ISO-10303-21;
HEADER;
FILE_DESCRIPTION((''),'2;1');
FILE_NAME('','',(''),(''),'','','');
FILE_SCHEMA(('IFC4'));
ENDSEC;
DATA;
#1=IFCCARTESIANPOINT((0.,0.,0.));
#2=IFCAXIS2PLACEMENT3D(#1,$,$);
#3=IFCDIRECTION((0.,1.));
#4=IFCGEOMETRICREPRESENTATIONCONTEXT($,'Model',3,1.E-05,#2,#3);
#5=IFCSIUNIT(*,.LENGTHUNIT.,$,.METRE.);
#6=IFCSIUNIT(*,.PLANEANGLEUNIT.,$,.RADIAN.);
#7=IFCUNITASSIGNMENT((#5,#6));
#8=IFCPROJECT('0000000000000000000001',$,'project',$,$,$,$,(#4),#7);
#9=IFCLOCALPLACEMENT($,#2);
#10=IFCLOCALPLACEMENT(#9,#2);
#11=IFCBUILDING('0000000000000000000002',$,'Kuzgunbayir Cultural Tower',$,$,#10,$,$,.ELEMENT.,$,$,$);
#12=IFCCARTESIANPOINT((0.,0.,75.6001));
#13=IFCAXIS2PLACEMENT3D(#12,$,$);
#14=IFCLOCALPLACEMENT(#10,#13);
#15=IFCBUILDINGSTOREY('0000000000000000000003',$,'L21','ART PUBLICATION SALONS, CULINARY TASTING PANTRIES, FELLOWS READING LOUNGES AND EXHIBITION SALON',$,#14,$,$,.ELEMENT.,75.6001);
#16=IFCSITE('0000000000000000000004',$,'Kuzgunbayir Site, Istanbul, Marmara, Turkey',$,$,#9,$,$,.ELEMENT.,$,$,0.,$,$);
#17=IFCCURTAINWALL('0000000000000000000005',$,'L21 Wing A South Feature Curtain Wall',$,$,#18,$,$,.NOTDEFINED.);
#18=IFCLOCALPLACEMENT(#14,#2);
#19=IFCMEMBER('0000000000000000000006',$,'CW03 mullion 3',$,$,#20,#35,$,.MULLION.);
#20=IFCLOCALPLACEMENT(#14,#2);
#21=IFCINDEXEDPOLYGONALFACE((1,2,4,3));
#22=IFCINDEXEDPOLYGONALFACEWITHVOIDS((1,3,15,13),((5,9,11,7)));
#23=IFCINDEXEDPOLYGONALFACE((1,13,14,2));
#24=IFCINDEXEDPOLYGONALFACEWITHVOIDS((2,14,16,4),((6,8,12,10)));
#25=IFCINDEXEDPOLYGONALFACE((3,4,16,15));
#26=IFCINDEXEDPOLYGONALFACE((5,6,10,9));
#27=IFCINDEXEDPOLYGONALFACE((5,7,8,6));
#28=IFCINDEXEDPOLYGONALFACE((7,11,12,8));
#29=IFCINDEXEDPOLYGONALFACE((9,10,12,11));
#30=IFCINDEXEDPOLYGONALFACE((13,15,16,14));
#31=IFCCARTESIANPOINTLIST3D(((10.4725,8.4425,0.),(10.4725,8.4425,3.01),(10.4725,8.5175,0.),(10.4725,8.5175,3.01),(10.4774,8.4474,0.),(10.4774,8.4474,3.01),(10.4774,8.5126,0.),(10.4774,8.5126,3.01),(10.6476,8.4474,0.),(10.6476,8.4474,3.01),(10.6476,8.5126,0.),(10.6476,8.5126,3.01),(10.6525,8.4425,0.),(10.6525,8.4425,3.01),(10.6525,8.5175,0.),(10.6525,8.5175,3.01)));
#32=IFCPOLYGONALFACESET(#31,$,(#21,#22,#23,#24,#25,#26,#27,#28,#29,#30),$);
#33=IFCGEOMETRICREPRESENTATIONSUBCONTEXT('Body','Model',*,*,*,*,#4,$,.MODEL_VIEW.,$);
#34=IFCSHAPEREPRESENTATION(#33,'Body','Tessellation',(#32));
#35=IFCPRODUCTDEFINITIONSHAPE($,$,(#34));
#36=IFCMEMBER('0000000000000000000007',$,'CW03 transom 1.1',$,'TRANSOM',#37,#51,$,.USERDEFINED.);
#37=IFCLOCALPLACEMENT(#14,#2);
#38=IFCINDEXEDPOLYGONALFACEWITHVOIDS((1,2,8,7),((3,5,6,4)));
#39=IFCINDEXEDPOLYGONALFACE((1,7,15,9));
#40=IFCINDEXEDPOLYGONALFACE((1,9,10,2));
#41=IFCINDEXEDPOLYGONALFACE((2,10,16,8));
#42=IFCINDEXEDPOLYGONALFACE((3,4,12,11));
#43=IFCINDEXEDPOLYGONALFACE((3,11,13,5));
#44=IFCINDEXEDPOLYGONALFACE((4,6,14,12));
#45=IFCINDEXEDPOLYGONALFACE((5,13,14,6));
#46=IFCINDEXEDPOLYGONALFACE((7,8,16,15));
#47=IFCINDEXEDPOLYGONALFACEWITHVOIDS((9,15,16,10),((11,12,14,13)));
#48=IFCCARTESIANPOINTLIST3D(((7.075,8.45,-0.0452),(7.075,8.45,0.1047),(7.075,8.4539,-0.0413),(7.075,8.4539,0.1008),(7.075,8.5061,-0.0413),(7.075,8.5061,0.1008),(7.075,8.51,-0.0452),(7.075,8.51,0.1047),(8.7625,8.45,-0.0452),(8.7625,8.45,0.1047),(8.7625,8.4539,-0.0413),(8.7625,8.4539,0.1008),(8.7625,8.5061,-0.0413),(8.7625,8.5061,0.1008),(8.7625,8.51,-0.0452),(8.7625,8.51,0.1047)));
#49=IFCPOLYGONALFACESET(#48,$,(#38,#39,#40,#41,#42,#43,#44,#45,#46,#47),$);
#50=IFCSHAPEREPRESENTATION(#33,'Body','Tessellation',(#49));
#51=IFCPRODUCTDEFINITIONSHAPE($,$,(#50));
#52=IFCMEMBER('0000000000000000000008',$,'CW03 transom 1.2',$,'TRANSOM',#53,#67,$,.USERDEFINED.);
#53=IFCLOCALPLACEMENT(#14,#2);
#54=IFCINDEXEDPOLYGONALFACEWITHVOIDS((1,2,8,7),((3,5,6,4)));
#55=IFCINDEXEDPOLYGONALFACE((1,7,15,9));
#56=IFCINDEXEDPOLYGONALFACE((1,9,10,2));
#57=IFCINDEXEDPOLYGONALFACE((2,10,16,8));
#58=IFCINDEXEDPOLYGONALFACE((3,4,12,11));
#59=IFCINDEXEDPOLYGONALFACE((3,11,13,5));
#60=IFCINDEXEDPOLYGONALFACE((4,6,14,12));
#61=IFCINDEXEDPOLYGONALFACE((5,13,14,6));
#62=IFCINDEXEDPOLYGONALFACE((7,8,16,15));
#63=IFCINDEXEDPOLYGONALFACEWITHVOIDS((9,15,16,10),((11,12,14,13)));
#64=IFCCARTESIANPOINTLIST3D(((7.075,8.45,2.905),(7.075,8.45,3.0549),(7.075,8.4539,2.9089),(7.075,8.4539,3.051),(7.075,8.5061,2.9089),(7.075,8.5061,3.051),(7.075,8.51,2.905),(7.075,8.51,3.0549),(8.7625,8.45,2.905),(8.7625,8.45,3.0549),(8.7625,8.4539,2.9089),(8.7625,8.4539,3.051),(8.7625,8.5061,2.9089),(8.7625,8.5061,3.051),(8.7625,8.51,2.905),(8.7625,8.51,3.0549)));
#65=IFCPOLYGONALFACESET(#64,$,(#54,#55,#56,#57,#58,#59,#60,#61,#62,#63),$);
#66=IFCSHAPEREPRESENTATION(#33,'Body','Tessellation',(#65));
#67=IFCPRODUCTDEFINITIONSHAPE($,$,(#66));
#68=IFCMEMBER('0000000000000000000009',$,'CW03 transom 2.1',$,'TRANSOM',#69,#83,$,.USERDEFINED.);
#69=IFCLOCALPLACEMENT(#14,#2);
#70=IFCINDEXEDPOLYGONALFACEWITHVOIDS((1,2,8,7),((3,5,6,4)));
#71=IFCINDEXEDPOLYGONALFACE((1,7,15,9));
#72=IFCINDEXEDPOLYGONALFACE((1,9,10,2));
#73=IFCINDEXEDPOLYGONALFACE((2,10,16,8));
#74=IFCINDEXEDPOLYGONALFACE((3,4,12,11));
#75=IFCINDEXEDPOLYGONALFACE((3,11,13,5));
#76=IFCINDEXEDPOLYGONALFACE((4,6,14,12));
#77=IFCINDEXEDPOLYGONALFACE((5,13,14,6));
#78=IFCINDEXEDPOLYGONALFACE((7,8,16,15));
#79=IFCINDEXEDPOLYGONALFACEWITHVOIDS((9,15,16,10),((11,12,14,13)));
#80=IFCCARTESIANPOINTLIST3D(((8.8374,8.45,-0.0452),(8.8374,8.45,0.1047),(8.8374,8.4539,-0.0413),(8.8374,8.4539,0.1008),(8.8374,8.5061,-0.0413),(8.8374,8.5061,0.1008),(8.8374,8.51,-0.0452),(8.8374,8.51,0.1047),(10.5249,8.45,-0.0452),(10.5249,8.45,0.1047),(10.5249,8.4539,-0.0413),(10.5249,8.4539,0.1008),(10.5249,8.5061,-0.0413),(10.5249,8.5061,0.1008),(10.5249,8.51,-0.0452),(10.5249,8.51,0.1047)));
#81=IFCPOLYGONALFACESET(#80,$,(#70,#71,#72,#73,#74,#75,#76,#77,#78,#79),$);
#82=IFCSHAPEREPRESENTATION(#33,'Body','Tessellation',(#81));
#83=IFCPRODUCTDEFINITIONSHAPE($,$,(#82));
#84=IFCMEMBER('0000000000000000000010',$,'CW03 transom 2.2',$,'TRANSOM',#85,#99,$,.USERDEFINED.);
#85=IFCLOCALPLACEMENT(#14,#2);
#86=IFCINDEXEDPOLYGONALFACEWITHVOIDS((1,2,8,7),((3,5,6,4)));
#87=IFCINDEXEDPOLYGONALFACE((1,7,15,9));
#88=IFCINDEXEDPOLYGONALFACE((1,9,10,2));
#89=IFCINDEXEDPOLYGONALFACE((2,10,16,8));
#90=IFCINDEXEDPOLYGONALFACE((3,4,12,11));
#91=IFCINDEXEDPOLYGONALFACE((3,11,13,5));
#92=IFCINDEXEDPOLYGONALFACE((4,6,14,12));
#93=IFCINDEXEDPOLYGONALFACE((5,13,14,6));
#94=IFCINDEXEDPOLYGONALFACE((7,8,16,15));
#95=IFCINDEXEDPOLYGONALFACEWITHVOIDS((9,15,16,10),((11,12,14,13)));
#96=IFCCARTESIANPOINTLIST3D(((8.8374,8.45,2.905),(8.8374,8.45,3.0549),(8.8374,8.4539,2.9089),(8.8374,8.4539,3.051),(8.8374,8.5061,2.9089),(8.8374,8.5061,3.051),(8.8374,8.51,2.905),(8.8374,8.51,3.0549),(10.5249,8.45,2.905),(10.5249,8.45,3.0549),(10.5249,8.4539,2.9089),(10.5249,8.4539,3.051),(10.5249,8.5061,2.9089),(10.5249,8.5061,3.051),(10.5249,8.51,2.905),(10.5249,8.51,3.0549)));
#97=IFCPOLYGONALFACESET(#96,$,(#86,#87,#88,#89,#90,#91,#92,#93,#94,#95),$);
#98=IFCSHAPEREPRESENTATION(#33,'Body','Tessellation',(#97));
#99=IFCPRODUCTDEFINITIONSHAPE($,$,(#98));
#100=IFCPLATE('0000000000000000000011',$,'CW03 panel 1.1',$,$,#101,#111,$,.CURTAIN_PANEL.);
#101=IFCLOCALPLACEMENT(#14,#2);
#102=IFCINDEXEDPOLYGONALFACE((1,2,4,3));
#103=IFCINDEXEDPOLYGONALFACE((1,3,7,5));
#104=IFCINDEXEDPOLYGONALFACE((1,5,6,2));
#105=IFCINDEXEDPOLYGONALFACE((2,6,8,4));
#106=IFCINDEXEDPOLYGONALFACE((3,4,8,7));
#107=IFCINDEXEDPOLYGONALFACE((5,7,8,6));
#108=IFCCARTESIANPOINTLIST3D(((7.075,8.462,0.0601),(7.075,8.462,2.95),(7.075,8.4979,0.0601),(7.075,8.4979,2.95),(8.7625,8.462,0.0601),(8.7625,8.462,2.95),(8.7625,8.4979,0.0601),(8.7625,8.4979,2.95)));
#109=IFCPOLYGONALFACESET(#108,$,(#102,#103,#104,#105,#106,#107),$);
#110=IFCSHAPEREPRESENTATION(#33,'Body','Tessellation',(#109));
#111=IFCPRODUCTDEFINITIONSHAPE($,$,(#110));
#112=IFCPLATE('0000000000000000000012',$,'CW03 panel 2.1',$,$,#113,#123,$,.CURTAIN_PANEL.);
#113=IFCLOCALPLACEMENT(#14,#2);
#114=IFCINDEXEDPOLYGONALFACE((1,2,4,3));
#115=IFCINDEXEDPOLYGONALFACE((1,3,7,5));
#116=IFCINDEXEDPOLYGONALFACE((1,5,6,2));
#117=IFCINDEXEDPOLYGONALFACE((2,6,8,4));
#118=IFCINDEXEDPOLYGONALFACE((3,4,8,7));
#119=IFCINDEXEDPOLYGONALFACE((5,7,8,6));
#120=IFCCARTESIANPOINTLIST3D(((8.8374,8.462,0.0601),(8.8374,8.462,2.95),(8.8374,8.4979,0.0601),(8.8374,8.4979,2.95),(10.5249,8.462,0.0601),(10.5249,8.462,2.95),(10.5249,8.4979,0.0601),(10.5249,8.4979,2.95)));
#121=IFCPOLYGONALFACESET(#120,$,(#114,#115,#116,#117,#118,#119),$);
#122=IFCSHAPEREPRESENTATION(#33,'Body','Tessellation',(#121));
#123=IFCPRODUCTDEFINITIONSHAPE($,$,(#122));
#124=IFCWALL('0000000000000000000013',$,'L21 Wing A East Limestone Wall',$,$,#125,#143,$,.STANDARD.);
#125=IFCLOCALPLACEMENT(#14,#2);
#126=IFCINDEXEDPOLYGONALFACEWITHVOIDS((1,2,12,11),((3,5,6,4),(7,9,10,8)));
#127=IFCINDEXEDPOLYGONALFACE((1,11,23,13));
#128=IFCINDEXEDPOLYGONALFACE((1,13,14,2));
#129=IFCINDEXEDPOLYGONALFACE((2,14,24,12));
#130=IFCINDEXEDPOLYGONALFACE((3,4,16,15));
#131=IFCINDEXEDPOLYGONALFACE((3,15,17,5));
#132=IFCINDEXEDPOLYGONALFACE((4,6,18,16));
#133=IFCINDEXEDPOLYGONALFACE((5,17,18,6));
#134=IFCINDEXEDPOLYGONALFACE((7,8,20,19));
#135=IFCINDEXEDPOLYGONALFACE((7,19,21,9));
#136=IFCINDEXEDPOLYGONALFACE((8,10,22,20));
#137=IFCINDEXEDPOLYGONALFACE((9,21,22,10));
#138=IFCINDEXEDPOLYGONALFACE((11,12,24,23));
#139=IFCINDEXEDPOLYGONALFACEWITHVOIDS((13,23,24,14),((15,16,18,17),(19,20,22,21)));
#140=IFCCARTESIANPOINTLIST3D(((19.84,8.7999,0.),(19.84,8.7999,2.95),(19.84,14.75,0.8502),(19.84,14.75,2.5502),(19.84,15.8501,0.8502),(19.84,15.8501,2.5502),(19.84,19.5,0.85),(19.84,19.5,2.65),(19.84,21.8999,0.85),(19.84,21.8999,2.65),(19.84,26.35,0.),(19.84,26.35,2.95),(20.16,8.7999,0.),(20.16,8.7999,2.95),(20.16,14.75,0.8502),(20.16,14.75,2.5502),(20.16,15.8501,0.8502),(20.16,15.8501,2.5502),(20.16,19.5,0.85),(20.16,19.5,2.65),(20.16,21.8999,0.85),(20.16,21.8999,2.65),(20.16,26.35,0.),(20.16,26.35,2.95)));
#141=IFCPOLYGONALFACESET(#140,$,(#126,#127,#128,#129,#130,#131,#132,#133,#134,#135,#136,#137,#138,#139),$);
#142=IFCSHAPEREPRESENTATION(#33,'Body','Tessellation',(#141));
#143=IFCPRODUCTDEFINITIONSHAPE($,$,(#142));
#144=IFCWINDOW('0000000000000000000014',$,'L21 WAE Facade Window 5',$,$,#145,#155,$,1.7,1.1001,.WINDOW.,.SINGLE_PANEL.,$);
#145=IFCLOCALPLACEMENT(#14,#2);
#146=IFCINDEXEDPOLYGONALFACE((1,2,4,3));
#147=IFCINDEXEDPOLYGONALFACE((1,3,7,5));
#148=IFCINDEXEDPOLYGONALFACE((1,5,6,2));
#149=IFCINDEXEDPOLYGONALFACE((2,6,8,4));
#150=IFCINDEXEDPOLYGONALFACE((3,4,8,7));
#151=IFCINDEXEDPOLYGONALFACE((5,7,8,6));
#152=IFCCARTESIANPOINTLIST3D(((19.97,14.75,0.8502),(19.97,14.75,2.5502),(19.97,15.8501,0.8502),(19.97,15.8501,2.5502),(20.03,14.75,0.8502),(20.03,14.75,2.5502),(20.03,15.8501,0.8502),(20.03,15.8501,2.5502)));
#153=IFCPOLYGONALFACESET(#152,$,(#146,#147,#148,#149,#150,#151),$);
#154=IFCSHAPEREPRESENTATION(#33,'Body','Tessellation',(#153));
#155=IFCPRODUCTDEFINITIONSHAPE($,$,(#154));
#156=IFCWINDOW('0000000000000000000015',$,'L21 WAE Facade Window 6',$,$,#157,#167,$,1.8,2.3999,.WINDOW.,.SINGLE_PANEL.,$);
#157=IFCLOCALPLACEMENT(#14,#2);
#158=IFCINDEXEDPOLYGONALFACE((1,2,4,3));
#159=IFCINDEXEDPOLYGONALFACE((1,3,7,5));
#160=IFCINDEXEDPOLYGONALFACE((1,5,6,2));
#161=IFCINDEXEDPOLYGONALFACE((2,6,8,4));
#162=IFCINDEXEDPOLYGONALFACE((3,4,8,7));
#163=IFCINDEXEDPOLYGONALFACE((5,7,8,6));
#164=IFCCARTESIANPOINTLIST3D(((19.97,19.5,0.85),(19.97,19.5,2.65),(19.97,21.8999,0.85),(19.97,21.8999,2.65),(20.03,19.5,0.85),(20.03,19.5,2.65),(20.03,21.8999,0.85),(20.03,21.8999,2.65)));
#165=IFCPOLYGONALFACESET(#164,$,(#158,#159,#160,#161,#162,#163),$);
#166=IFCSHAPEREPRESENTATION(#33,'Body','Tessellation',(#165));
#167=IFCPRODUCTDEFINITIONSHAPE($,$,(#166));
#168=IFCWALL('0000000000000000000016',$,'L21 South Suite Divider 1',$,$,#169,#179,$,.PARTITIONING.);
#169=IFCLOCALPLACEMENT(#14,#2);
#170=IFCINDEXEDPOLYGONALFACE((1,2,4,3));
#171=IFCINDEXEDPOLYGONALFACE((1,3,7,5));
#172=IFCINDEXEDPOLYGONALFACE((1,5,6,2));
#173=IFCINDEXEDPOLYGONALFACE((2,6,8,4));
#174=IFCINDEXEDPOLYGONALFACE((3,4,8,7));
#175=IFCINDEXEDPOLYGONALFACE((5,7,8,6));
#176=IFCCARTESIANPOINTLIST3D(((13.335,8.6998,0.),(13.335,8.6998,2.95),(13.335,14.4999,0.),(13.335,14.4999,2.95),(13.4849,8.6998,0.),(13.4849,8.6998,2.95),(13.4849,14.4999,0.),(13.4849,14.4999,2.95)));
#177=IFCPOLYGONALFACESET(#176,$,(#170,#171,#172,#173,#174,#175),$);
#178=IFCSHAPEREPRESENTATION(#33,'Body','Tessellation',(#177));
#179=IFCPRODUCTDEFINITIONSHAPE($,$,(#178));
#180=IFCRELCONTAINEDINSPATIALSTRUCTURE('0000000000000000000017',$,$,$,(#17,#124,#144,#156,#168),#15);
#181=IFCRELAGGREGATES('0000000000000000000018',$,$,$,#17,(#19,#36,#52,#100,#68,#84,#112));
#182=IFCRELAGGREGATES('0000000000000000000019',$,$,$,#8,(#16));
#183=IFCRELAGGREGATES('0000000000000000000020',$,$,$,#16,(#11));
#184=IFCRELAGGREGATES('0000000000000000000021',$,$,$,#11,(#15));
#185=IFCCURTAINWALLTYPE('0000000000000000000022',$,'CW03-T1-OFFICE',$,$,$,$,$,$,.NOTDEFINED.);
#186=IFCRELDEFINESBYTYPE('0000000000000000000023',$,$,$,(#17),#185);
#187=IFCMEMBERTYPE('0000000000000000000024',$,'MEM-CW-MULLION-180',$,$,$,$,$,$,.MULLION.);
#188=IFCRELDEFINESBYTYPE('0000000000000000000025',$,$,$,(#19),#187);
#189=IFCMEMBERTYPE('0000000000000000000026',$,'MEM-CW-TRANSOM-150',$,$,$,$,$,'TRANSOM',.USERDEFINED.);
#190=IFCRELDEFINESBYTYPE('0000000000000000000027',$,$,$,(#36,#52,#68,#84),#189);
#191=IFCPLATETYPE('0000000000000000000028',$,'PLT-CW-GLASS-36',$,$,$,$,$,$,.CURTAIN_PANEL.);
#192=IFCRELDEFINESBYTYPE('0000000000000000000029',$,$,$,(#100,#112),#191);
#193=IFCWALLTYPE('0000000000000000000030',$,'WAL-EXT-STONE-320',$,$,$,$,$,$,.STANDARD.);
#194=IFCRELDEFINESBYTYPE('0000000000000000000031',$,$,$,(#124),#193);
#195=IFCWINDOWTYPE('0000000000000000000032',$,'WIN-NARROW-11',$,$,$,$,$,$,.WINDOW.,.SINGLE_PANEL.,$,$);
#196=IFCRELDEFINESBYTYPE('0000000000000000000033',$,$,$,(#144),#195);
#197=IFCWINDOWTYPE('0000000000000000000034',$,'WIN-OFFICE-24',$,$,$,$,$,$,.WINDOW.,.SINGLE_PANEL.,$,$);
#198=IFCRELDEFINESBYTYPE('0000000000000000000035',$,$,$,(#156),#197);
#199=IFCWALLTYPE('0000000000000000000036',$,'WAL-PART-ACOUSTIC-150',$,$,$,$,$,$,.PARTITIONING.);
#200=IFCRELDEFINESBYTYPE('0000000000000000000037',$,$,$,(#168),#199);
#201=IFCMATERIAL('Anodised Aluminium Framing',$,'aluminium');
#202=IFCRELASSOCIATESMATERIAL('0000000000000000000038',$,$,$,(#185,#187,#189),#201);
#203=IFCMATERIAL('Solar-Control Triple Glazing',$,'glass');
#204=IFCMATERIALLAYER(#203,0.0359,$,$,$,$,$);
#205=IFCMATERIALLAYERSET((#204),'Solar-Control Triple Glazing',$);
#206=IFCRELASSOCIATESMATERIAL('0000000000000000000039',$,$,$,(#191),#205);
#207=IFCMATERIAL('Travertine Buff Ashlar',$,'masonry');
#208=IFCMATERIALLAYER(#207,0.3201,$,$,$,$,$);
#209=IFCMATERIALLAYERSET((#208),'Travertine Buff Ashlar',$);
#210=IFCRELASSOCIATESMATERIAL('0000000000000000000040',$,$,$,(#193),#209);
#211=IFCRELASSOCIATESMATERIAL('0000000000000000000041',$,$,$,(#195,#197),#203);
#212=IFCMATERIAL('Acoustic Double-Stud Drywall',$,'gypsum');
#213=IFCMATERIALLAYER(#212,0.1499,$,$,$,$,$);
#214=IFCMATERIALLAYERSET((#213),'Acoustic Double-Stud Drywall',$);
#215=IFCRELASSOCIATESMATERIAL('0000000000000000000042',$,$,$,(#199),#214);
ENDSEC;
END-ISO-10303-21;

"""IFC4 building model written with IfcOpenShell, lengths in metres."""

from ifc_helpers import new_model, si_unit, direction, frame, frame_2d, origin, origin_2d, place, context, subcontext, project, spatial, rectangle, hollow_rectangle, extrude, material, layer, layer_set, material_profile, profile_set, type_object, element, fill, aggregate, save


model = new_model("IFC4")

# Units and contexts
model_context = context("Model", 3, precision=1e-05, world=origin(), true_north=direction((0.0, 1.0)))
body_context = subcontext(model_context, "Body", "Model", "MODEL_VIEW")
ifc_project = project(units=[si_unit("LENGTHUNIT", "METRE"), si_unit("PLANEANGLEUNIT", "RADIAN")], contexts=[model_context])

# Site, building, storey
site_placement = place(None, origin())
site = spatial("IfcSite", under=ifc_project, at=site_placement, Name="Kuzgunbayir Site, Istanbul, Marmara, Turkey", CompositionType="ELEMENT", RefElevation=0.0)
building_placement = place(site_placement, origin())
building = spatial("IfcBuilding", under=site, at=building_placement, Name="Kuzgunbayir Cultural Tower", CompositionType="ELEMENT")
storey_placement = place(building_placement, frame((0.0, 0.0, 75.6001)))
storey = spatial("IfcBuildingStorey", under=building, at=storey_placement, Name="L21", Description="ART PUBLICATION SALONS, CULINARY TASTING PANTRIES, FELLOWS READING LOUNGES AND EXHIBITION SALON", CompositionType="ELEMENT", Elevation=75.6001)

# Curtain wall, members, plates
ifc_material_1 = material(Name="Anodised Aluminium Framing", Category="aluminium")
curtain_wall_type = type_object("IfcCurtainWallType", Name="CW03-T1-OFFICE", PredefinedType="NOTDEFINED", material=ifc_material_1)
curtain_wall_placement = place(storey_placement, origin())
curtain_wall = element("IfcCurtainWall", 1, at=curtain_wall_placement, inside=storey, type_object=curtain_wall_type, Name="L21 Wing A South Feature Curtain Wall", PredefinedType="NOTDEFINED")
ifc_material_profile_1 = material_profile(ifc_material_1, hollow_rectangle(XDim=0.075, YDim=0.1799, WallThickness=0.0049, at=origin_2d()), Name="RHS 180x75x5")
ifc_profile_set_1 = profile_set([ifc_material_profile_1], Name="Anodised Aluminium Framing")
member_type_1 = type_object("IfcMemberType", Name="MEM-CW-MULLION-180", PredefinedType="MULLION", material=ifc_profile_set_1)
member_1_placement = place(storey_placement, frame((10.5625, 8.48, 0.0), z_axis=(0.0, 0.0, 1.0), x_axis=(0.0, 1.0, 0.0)))
member_1 = element("IfcMember", 2, at=member_1_placement, type_object=member_type_1, Name="CW03 mullion 3", PredefinedType="MULLION", context=body_context, shape_type="SweptSolid", body=[
    extrude(hollow_rectangle(XDim=0.075, YDim=0.1799, WallThickness=0.0049, at=origin_2d()), origin(), (0.0, 0.0, 1.0), 3.01),
])
ifc_material_profile_2 = material_profile(ifc_material_1, hollow_rectangle(XDim=0.0601, YDim=0.1499, WallThickness=0.0039, at=origin_2d()), Name="RHS 150x60x4")
ifc_profile_set_2 = profile_set([ifc_material_profile_2], Name="Anodised Aluminium Framing")
member_type_2 = type_object("IfcMemberType", Name="MEM-CW-TRANSOM-150", ElementType="TRANSOM", PredefinedType="USERDEFINED", material=ifc_profile_set_2)
member_2_placement = place(storey_placement, frame((7.075, 8.48, 0.0298), z_axis=(1.0, 0.0, 0.0), x_axis=(0.0, 1.0, 0.0)))
member_2 = element("IfcMember", 3, at=member_2_placement, type_object=member_type_2, Name="CW03 transom 1.1", ObjectType="TRANSOM", PredefinedType="USERDEFINED", context=body_context, shape_type="SweptSolid", body=[
    extrude(hollow_rectangle(XDim=0.0601, YDim=0.1499, WallThickness=0.0039, at=origin_2d()), origin(), (0.0, 0.0, 1.0), 1.6875),
])
member_3_placement = place(storey_placement, frame((7.075, 8.48, 2.98), z_axis=(1.0, 0.0, 0.0), x_axis=(0.0, 1.0, 0.0)))
member_3 = element("IfcMember", 4, at=member_3_placement, type_object=member_type_2, Name="CW03 transom 1.2", ObjectType="TRANSOM", PredefinedType="USERDEFINED", context=body_context, shape_type="SweptSolid", body=[
    extrude(hollow_rectangle(XDim=0.0601, YDim=0.1499, WallThickness=0.0039, at=origin_2d()), origin(), (0.0, 0.0, 1.0), 1.6875),
])
member_4_placement = place(storey_placement, frame((8.8374, 8.48, 0.0298), z_axis=(1.0, 0.0, 0.0), x_axis=(0.0, 1.0, 0.0)))
member_4 = element("IfcMember", 5, at=member_4_placement, type_object=member_type_2, Name="CW03 transom 2.1", ObjectType="TRANSOM", PredefinedType="USERDEFINED", context=body_context, shape_type="SweptSolid", body=[
    extrude(hollow_rectangle(XDim=0.0601, YDim=0.1499, WallThickness=0.0039, at=origin_2d()), origin(), (0.0, 0.0, 1.0), 1.6875),
])
member_5_placement = place(storey_placement, frame((8.8374, 8.48, 2.98), z_axis=(1.0, 0.0, 0.0), x_axis=(0.0, 1.0, 0.0)))
member_5 = element("IfcMember", 6, at=member_5_placement, type_object=member_type_2, Name="CW03 transom 2.2", ObjectType="TRANSOM", PredefinedType="USERDEFINED", context=body_context, shape_type="SweptSolid", body=[
    extrude(hollow_rectangle(XDim=0.0601, YDim=0.1499, WallThickness=0.0039, at=origin_2d()), origin(), (0.0, 0.0, 1.0), 1.6875),
])
ifc_material_2 = material(Name="Solar-Control Triple Glazing", Category="glass")
ifc_layer_1 = layer(ifc_material_2, 0.0359)
ifc_layer_set_1 = layer_set([ifc_layer_1], Name="Solar-Control Triple Glazing")
plate_type = type_object("IfcPlateType", Name="PLT-CW-GLASS-36", PredefinedType="CURTAIN_PANEL", material=ifc_layer_set_1)
plate_1_placement = place(storey_placement, frame((7.9187, 8.48, 0.0601), z_axis=(0.0, 0.0, 1.0), x_axis=(1.0, 0.0, 0.0)))
plate_1 = element("IfcPlate", 7, at=plate_1_placement, type_object=plate_type, Name="CW03 panel 1.1", PredefinedType="CURTAIN_PANEL", context=body_context, shape_type="SweptSolid", body=[
    extrude(rectangle(XDim=1.6875, YDim=0.0359, at=origin_2d()), origin(), (0.0, 0.0, 1.0), 2.8899),
])
plate_2_placement = place(storey_placement, frame((9.6812, 8.48, 0.0601), z_axis=(0.0, 0.0, 1.0), x_axis=(1.0, 0.0, 0.0)))
plate_2 = element("IfcPlate", 8, at=plate_2_placement, type_object=plate_type, Name="CW03 panel 2.1", PredefinedType="CURTAIN_PANEL", context=body_context, shape_type="SweptSolid", body=[
    extrude(rectangle(XDim=1.6875, YDim=0.0359, at=origin_2d()), origin(), (0.0, 0.0, 1.0), 2.8899),
])
aggregate(curtain_wall, [member_1, member_2, member_3, plate_1, member_4, member_5, plate_2])

# Wall, openings, windows
ifc_material_3 = material(Name="Travertine Buff Ashlar", Category="masonry")
ifc_layer_2 = layer(ifc_material_3, 0.3201)
ifc_layer_set_2 = layer_set([ifc_layer_2], Name="Travertine Buff Ashlar")
wall_type_1 = type_object("IfcWallType", Name="WAL-EXT-STONE-320", PredefinedType="STANDARD", material=ifc_layer_set_2)
wall_1_placement = place(storey_placement, frame((20.0, 8.8, 0.0), z_axis=(0.0, 0.0, 1.0), x_axis=(0.0, 1.0, 0.0)))
wall_1 = element("IfcWall", 9, at=wall_1_placement, inside=storey, type_object=wall_type_1, Name="L21 Wing A East Limestone Wall", PredefinedType="STANDARD", context=body_context, shape_type="SweptSolid", body=[
    extrude(rectangle(XDim=17.55, YDim=0.3201, at=frame_2d((8.7749, 0.0))), origin(), (0.0, 0.0, 1.0), 2.95),
])
opening_1_placement = place(wall_1_placement, frame((5.95, 0.0, 0.8501)))
opening_1 = element("IfcOpeningElement", 10, at=opening_1_placement, cuts=wall_1, PredefinedType="OPENING", context=body_context, shape_type="SweptSolid", body=[
    extrude(rectangle(XDim=1.1001, YDim=1.7, at=frame_2d((0.55, 0.8501))), frame((0.0, 0.1699, 0.0), z_axis=(0.0, -1.0, 0.0), x_axis=(1.0, 0.0, 0.0)), (0.0, 0.0, 1.0), 0.3401),
])
opening_2_placement = place(wall_1_placement, frame((10.7, 0.0, 0.8501)))
opening_2 = element("IfcOpeningElement", 11, at=opening_2_placement, cuts=wall_1, PredefinedType="OPENING", context=body_context, shape_type="SweptSolid", body=[
    extrude(rectangle(XDim=2.3999, YDim=1.8, at=frame_2d((1.2, 0.8999))), frame((0.0, 0.1699, 0.0), z_axis=(0.0, -1.0, 0.0), x_axis=(1.0, 0.0, 0.0)), (0.0, 0.0, 1.0), 0.3401),
])
window_type_1 = type_object("IfcWindowType", Name="WIN-NARROW-11", PartitioningType="SINGLE_PANEL", PredefinedType="WINDOW", material=ifc_material_2)
window_1_placement = place(opening_1_placement, origin())
window_1 = element("IfcWindow", 12, at=window_1_placement, inside=storey, type_object=window_type_1, Name="L21 WAE Facade Window 5", OverallHeight=1.7, OverallWidth=1.1001, PartitioningType="SINGLE_PANEL", PredefinedType="WINDOW", context=body_context, shape_type="SweptSolid", body=[
    extrude(rectangle(XDim=1.1001, YDim=1.7, at=frame_2d((0.55, 0.8501))), frame((0.0, 0.03, 0.0), z_axis=(0.0, -1.0, 0.0), x_axis=(1.0, 0.0, 0.0)), (0.0, 0.0, 1.0), 0.0601),
])
fill(opening_1, window_1)
window_type_2 = type_object("IfcWindowType", Name="WIN-OFFICE-24", PartitioningType="SINGLE_PANEL", PredefinedType="WINDOW", material=ifc_material_2)
window_2_placement = place(opening_2_placement, origin())
window_2 = element("IfcWindow", 13, at=window_2_placement, inside=storey, type_object=window_type_2, Name="L21 WAE Facade Window 6", OverallHeight=1.8, OverallWidth=2.3999, PartitioningType="SINGLE_PANEL", PredefinedType="WINDOW", context=body_context, shape_type="SweptSolid", body=[
    extrude(rectangle(XDim=2.3999, YDim=1.8, at=frame_2d((1.2, 0.8999))), frame((0.0, 0.03, 0.0), z_axis=(0.0, -1.0, 0.0), x_axis=(1.0, 0.0, 0.0)), (0.0, 0.0, 1.0), 0.0601),
])
fill(opening_2, window_2)

# Wall
ifc_material_4 = material(Name="Acoustic Double-Stud Drywall", Category="gypsum")
ifc_layer_3 = layer(ifc_material_4, 0.1499)
ifc_layer_set_3 = layer_set([ifc_layer_3], Name="Acoustic Double-Stud Drywall")
wall_type_2 = type_object("IfcWallType", Name="WAL-PART-ACOUSTIC-150", PredefinedType="PARTITIONING", material=ifc_layer_set_3)
wall_2_placement = place(storey_placement, frame((13.4099, 8.7, 0.0), z_axis=(0.0, 0.0, 1.0), x_axis=(0.0, 1.0, 0.0)))
element("IfcWall", 14, at=wall_2_placement, inside=storey, type_object=wall_type_2, Name="L21 South Suite Divider 1", PredefinedType="PARTITIONING", context=body_context, shape_type="SweptSolid", body=[
    extrude(rectangle(XDim=5.8, YDim=0.1499, at=frame_2d((2.8999, 0.0))), origin(), (0.0, 0.0, 1.0), 2.95),
])

save(model, "model.ifc")
